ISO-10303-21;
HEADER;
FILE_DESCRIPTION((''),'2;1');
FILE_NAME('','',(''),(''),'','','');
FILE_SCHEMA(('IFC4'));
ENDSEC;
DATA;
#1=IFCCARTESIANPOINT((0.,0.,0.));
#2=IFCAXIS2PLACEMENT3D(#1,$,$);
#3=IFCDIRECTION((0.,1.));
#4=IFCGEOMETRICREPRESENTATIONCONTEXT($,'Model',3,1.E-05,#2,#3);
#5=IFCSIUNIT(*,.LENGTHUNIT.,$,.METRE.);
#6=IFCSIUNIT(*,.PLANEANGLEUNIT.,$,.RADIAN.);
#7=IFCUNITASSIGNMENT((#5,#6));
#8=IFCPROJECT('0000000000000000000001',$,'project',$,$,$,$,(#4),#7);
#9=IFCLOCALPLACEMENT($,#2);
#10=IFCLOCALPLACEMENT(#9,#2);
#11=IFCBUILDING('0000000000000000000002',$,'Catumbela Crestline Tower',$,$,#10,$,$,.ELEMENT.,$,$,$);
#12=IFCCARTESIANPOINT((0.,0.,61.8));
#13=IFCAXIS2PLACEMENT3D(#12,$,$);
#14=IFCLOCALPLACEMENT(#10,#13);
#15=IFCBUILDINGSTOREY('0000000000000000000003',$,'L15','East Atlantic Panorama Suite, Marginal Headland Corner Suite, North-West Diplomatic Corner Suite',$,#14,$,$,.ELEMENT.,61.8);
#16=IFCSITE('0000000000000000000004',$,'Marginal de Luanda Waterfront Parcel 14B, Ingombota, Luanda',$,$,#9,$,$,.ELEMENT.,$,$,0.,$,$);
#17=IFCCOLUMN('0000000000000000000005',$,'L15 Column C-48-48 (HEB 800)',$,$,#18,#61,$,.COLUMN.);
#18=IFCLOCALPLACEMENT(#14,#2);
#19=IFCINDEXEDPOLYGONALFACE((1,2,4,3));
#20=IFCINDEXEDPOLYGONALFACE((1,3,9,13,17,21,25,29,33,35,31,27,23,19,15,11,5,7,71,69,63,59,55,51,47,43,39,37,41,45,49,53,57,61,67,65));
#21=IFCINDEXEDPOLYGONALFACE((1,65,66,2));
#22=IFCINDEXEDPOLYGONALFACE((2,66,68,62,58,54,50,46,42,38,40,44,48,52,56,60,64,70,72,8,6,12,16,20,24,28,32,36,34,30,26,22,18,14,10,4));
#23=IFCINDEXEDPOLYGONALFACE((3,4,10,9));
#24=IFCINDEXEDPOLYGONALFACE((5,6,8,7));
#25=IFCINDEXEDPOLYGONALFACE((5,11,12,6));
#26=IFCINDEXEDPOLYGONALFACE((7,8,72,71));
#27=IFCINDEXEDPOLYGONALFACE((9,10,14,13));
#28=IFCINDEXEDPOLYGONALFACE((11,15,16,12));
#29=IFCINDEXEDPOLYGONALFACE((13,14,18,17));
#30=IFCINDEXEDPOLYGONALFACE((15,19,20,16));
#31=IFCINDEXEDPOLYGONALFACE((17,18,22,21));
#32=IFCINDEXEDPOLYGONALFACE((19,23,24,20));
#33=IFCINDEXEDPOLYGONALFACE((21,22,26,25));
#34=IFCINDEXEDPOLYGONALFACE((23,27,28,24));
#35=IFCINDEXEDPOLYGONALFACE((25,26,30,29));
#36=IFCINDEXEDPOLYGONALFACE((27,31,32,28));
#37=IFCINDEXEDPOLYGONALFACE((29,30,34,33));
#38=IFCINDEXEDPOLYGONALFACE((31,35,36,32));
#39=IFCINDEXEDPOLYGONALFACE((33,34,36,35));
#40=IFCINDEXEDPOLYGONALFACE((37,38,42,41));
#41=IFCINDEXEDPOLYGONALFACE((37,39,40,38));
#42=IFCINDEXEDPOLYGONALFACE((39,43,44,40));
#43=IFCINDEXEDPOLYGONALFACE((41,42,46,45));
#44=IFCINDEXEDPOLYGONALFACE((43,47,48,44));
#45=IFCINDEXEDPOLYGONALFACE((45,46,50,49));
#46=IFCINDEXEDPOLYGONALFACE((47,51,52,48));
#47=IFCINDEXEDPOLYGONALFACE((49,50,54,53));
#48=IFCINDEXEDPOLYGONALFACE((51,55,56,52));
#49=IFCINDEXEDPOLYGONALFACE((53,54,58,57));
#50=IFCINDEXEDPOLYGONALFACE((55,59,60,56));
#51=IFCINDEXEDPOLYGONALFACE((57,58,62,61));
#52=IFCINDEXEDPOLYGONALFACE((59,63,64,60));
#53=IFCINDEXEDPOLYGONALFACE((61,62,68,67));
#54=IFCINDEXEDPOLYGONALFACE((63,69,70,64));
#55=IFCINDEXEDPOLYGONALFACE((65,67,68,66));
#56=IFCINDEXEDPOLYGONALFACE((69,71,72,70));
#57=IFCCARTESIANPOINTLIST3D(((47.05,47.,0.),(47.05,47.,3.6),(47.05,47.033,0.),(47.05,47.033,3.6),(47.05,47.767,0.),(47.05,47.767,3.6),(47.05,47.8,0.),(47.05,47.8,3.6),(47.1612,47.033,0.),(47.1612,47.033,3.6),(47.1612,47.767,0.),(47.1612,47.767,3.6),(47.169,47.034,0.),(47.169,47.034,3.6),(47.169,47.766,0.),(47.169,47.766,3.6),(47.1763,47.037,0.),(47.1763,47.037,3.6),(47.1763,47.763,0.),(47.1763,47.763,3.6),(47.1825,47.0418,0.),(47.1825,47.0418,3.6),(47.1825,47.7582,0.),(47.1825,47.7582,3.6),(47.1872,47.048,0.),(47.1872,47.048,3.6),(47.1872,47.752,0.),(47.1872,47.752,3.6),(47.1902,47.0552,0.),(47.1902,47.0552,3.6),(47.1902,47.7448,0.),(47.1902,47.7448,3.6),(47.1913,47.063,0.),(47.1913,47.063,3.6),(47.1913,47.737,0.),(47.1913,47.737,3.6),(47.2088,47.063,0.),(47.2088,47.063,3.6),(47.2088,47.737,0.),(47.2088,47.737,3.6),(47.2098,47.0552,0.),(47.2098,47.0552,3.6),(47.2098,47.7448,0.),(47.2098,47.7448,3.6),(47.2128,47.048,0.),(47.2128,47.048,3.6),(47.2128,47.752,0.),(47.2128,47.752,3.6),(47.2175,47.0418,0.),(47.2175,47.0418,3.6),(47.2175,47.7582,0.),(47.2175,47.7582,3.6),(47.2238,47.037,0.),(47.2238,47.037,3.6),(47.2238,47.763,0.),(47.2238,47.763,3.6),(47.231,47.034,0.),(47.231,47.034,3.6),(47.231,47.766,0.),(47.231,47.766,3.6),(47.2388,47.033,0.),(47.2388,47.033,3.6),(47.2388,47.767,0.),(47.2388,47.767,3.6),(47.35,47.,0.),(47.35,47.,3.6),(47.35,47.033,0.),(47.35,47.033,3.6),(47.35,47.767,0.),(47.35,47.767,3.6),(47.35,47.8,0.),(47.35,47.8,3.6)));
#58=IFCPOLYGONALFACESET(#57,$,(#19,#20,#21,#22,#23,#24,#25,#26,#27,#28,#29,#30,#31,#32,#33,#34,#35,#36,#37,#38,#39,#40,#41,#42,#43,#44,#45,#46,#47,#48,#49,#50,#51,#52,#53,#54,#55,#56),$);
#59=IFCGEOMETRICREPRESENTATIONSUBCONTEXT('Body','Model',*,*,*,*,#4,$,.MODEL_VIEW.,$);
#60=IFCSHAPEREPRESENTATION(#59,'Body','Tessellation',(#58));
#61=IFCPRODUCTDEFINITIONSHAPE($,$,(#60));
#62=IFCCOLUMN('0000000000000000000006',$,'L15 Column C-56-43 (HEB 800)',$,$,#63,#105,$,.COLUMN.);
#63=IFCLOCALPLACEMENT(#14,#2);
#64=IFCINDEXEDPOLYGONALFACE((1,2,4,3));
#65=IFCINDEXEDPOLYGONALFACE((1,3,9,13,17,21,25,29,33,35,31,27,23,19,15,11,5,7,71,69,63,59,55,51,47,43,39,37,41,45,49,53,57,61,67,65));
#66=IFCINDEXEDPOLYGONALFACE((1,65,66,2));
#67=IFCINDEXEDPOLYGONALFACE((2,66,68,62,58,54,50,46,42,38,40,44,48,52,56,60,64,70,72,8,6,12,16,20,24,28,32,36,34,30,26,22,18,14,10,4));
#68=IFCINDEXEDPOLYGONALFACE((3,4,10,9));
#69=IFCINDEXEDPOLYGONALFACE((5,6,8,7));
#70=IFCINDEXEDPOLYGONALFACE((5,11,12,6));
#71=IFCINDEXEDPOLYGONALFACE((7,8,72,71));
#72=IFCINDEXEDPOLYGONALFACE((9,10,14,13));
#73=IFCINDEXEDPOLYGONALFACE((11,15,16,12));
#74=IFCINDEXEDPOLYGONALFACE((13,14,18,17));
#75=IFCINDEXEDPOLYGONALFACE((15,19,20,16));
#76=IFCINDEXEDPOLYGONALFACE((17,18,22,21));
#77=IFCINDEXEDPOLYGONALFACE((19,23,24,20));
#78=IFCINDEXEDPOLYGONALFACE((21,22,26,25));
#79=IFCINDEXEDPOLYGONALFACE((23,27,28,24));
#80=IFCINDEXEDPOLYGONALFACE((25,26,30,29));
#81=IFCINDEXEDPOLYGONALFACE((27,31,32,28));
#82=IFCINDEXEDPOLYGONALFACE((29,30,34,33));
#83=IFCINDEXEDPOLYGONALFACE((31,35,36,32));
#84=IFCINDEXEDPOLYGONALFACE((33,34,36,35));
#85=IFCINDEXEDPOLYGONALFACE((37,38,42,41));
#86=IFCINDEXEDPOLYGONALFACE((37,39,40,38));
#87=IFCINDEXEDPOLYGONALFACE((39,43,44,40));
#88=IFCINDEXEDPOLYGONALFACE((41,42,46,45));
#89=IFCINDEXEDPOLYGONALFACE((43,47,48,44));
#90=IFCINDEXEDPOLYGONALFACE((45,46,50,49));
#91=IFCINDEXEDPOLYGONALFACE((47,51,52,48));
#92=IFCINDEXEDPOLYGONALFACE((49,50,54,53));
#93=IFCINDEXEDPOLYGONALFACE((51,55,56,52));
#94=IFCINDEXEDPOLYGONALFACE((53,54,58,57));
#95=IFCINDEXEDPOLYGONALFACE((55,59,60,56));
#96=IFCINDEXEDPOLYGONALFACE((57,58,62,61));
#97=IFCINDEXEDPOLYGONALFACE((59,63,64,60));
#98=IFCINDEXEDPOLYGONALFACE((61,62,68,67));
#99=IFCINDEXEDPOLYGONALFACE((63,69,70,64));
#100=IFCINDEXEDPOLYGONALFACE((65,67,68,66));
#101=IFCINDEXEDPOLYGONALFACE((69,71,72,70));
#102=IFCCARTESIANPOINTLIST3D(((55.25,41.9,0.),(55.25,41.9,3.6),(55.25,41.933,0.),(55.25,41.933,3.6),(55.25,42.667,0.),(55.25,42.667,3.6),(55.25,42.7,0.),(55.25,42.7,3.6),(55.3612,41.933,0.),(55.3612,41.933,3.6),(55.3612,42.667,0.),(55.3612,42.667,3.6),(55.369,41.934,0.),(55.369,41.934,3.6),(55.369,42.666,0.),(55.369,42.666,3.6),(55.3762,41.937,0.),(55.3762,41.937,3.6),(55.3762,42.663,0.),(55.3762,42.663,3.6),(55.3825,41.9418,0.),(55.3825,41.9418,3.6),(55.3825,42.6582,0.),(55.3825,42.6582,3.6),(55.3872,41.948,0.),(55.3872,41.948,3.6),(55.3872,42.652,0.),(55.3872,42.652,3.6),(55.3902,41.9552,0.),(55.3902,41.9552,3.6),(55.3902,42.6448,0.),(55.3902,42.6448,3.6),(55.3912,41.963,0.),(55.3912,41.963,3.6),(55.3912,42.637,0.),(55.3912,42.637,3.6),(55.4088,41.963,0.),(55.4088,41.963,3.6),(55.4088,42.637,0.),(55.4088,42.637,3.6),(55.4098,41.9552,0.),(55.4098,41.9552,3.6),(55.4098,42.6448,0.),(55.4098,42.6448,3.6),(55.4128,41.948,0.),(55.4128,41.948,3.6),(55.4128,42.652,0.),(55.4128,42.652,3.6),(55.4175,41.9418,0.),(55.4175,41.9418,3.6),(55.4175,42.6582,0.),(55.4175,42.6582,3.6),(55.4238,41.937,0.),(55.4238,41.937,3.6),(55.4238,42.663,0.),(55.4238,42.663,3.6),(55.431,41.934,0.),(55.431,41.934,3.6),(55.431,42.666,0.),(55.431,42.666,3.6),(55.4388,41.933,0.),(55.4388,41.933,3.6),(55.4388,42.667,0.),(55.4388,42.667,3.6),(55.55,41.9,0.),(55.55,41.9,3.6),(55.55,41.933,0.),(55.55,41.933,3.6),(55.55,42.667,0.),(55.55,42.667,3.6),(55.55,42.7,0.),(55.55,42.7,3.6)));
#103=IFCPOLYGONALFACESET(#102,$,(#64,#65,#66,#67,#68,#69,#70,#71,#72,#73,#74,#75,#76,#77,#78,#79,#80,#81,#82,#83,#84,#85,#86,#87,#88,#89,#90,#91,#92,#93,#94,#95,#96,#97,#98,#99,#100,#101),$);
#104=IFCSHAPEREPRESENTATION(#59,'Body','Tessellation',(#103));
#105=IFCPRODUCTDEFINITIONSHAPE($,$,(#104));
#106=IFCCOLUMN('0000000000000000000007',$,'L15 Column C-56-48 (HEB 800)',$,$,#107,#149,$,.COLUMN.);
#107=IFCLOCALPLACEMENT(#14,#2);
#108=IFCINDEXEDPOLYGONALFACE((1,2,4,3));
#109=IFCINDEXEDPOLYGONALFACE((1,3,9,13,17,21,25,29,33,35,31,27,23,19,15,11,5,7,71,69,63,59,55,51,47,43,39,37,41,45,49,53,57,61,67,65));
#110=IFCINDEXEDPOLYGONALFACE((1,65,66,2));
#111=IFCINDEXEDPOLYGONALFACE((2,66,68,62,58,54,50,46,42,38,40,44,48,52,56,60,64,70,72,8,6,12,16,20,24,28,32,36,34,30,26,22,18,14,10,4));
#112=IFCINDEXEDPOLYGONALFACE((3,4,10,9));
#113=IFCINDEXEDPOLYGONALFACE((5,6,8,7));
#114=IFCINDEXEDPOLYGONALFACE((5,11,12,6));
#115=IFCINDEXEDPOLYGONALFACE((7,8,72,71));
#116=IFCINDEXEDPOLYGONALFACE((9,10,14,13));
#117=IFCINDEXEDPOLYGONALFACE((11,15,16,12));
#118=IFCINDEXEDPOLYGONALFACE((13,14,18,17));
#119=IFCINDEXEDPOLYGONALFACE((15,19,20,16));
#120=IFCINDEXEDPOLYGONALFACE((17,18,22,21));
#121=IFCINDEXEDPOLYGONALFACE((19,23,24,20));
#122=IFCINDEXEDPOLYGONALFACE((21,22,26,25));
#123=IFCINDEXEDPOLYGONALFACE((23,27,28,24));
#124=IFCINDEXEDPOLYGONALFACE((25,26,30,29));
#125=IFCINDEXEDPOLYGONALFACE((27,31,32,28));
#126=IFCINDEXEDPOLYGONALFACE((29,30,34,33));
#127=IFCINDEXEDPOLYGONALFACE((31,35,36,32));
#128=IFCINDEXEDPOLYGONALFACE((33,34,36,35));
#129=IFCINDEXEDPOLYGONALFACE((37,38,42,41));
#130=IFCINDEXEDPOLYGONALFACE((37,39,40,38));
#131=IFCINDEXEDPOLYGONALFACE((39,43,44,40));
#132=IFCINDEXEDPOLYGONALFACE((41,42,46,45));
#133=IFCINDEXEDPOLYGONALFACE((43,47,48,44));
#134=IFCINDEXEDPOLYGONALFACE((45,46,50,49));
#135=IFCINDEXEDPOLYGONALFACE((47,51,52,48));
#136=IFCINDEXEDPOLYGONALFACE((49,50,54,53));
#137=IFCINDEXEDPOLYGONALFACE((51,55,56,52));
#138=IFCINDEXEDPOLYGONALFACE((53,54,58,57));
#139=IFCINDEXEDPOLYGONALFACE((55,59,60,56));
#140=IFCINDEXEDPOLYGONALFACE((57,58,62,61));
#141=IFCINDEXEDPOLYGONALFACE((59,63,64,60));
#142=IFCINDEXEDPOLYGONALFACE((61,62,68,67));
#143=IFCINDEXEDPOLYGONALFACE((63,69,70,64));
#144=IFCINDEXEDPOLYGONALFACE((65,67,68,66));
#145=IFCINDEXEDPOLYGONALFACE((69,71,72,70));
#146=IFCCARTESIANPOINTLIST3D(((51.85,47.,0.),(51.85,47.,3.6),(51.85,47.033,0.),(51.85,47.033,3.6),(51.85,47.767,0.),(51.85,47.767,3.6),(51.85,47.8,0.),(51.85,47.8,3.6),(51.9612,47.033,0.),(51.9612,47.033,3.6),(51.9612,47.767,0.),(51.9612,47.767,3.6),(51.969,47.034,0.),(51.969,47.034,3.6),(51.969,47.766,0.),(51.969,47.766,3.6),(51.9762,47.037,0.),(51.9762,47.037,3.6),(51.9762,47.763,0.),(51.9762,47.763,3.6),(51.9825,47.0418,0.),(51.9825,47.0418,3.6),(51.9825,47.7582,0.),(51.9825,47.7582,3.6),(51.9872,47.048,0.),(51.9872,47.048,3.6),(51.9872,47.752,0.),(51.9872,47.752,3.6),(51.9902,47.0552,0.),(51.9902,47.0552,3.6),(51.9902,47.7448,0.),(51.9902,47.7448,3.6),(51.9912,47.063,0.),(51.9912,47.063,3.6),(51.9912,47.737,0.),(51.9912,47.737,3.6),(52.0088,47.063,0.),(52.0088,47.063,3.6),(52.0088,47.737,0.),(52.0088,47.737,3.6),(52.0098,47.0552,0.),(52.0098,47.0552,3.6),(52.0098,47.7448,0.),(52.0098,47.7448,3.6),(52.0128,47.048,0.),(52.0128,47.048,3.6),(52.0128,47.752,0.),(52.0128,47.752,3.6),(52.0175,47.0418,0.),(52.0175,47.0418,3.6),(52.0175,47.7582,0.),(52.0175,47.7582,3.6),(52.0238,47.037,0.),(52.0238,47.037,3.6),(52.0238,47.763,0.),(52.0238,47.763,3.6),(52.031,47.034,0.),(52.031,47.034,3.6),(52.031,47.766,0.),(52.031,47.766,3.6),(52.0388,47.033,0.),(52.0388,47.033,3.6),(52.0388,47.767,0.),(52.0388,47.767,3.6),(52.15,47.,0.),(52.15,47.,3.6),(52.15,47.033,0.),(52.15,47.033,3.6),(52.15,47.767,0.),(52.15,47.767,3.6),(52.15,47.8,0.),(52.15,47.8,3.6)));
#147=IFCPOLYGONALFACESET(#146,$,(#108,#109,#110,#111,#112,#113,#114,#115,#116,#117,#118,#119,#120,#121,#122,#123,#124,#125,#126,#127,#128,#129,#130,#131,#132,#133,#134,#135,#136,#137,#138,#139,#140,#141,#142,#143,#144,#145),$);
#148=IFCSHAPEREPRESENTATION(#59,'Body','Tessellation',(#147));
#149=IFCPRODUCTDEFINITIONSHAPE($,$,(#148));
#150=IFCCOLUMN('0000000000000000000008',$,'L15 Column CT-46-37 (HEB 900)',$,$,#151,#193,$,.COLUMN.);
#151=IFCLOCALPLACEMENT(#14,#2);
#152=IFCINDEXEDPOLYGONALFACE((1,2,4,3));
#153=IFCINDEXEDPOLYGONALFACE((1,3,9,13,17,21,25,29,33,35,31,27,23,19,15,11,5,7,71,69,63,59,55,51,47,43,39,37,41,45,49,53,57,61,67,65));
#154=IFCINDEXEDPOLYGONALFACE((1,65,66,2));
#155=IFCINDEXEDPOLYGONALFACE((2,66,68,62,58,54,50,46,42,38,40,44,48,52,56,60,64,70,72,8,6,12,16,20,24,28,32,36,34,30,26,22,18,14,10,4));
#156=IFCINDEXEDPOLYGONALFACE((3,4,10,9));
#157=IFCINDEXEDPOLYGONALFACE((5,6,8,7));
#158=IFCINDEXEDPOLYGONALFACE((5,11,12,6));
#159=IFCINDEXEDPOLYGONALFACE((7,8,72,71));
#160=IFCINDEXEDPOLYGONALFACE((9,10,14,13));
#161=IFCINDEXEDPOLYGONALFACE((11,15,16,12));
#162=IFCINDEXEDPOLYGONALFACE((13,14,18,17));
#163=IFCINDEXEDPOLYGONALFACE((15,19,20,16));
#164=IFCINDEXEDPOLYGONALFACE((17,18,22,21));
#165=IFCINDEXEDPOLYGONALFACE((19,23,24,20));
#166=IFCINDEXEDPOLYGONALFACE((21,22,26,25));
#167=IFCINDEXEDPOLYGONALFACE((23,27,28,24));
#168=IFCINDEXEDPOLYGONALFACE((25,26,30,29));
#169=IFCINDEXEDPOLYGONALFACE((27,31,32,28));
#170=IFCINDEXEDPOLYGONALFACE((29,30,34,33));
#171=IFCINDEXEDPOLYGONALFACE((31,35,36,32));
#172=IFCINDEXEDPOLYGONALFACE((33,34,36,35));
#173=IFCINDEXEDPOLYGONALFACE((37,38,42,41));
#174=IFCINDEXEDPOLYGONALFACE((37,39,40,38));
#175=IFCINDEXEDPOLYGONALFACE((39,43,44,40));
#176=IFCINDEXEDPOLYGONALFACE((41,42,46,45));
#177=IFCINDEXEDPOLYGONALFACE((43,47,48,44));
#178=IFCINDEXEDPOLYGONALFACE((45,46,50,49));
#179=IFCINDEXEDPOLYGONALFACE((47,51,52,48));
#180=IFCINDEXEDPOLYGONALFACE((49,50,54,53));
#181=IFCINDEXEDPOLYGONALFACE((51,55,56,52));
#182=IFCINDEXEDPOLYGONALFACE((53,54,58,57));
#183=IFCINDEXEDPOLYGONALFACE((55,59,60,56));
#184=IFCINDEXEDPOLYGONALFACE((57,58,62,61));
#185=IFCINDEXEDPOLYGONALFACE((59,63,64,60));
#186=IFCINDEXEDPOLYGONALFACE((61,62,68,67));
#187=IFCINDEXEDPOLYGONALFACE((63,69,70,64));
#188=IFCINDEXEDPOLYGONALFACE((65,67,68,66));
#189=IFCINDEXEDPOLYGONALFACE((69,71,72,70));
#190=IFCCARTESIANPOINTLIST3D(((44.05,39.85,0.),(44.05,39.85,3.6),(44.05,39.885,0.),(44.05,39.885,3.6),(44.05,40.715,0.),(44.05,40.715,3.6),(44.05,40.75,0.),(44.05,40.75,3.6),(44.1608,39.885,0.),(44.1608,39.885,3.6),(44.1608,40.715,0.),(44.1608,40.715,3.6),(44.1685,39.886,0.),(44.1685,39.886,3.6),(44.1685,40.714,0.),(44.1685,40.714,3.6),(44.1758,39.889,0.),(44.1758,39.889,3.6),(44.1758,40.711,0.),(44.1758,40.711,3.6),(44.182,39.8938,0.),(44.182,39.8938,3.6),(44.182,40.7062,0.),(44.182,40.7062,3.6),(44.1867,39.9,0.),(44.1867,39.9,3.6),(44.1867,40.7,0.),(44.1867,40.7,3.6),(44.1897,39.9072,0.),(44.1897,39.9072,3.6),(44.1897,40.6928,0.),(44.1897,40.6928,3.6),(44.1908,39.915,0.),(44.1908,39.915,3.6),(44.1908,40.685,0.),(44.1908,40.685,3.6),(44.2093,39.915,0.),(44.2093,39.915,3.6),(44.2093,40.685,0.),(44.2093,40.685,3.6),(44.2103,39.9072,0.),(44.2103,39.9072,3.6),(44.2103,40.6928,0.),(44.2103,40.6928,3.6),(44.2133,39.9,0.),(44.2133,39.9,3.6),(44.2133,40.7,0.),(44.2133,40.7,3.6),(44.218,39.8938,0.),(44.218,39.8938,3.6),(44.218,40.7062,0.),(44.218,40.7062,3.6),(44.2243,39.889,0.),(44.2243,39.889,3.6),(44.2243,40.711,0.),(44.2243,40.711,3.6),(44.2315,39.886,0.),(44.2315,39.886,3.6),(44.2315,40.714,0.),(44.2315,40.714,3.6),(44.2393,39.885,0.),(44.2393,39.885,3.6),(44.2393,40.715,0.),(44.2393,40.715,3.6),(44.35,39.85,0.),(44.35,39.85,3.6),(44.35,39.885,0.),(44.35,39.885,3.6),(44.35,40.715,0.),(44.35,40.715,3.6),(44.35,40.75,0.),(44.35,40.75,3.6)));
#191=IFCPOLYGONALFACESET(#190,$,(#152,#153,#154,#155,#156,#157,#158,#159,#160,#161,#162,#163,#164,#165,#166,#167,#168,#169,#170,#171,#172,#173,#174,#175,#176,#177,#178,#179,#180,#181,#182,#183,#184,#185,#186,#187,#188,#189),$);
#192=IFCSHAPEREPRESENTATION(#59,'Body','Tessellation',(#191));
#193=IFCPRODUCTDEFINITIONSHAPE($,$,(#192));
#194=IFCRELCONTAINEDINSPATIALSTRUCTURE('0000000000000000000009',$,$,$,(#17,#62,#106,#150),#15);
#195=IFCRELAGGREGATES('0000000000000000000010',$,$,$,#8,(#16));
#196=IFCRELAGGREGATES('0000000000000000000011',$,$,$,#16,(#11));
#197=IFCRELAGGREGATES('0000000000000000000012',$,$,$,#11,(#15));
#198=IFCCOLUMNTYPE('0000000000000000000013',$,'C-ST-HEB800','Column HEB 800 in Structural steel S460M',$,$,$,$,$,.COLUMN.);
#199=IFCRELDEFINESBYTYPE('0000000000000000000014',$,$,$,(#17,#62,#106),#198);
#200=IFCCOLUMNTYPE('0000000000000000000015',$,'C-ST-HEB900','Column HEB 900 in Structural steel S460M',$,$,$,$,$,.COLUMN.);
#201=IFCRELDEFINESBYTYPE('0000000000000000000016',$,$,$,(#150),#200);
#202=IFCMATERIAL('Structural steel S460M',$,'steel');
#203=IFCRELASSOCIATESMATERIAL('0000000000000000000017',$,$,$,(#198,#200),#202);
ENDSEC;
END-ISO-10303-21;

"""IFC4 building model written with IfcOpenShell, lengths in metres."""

from ifc_helpers import new_model, si_unit, direction, frame, origin, origin_2d, place, context, subcontext, project, spatial, i_section, extrude, material, material_profile, profile_set, type_object, element, save


model = new_model("IFC4")

# Units and contexts
model_context = context("Model", 3, precision=1e-05, world=origin(), true_north=direction((0.0, 1.0)))
body_context = subcontext(model_context, "Body", "Model", "MODEL_VIEW")
ifc_project = project(units=[si_unit("LENGTHUNIT", "METRE"), si_unit("PLANEANGLEUNIT", "RADIAN")], contexts=[model_context])

# Site, building, storey
site_placement = place(None, origin())
site = spatial("IfcSite", under=ifc_project, at=site_placement, Name="Marginal de Luanda Waterfront Parcel 14B, Ingombota, Luanda", CompositionType="ELEMENT", RefElevation=0.0)
building_placement = place(site_placement, origin())
building = spatial("IfcBuilding", under=site, at=building_placement, Name="Catumbela Crestline Tower", CompositionType="ELEMENT")
storey_placement = place(building_placement, frame((0.0, 0.0, 61.8)))
storey = spatial("IfcBuildingStorey", under=building, at=storey_placement, Name="L15", Description="East Atlantic Panorama Suite, Marginal Headland Corner Suite, North-West Diplomatic Corner Suite", CompositionType="ELEMENT", Elevation=61.8)

# Columns
ifc_material_1 = material(Name="Structural steel S460M", Category="steel")
ifc_material_profile_1 = material_profile(ifc_material_1, i_section(OverallWidth=0.3, OverallDepth=0.8, WebThickness=0.0175, FlangeThickness=0.033, FilletRadius=0.03, at=origin_2d()), Name="HEB 800")
ifc_profile_set_1 = profile_set([ifc_material_profile_1], Name="Structural steel S460M")
column_type_1 = type_object("IfcColumnType", Name="C-ST-HEB800", Description="Column HEB 800 in Structural steel S460M", PredefinedType="COLUMN", material=ifc_profile_set_1)
for number, where, z_axis, x_axis, name in (
    (1, (47.2, 47.4, 0.0), (0.0, 0.0, 1.0), (1.0, 0.0, 0.0), "L15 Column C-48-48 (HEB 800)"),
    (2, (55.4, 42.3, 0.0), (0.0, 0.0, 1.0), (1.0, 0.0, 0.0), "L15 Column C-56-43 (HEB 800)"),
    (3, (52.0, 47.4, 0.0), (0.0, 0.0, 1.0), (1.0, 0.0, 0.0), "L15 Column C-56-48 (HEB 800)"),
):
    element("IfcColumn", number, at=place(storey_placement, frame(where, z_axis=z_axis, x_axis=x_axis)), inside=storey, type_object=column_type_1, Name=name, PredefinedType="COLUMN", context=body_context, shape_type="SweptSolid", body=[
        extrude(i_section(OverallWidth=0.3, OverallDepth=0.8, WebThickness=0.0175, FlangeThickness=0.033, FilletRadius=0.03, at=origin_2d()), origin(), (0.0, 0.0, 1.0), 3.6),
    ])
ifc_material_profile_2 = material_profile(ifc_material_1, i_section(OverallWidth=0.3, OverallDepth=0.9, WebThickness=0.0185, FlangeThickness=0.035, FilletRadius=0.03, at=origin_2d()), Name="HEB 900")
ifc_profile_set_2 = profile_set([ifc_material_profile_2], Name="Structural steel S460M")
column_type_2 = type_object("IfcColumnType", Name="C-ST-HEB900", Description="Column HEB 900 in Structural steel S460M", PredefinedType="COLUMN", material=ifc_profile_set_2)
column_placement = place(storey_placement, frame((44.2, 40.3, 0.0), z_axis=(0.0, 0.0, 1.0), x_axis=(1.0, 0.0, 0.0)))
element("IfcColumn", 4, at=column_placement, inside=storey, type_object=column_type_2, Name="L15 Column CT-46-37 (HEB 900)", PredefinedType="COLUMN", context=body_context, shape_type="SweptSolid", body=[
    extrude(i_section(OverallWidth=0.3, OverallDepth=0.9, WebThickness=0.0185, FlangeThickness=0.035, FilletRadius=0.03, at=origin_2d()), origin(), (0.0, 0.0, 1.0), 3.6),
])

save(model, "model.ifc")
